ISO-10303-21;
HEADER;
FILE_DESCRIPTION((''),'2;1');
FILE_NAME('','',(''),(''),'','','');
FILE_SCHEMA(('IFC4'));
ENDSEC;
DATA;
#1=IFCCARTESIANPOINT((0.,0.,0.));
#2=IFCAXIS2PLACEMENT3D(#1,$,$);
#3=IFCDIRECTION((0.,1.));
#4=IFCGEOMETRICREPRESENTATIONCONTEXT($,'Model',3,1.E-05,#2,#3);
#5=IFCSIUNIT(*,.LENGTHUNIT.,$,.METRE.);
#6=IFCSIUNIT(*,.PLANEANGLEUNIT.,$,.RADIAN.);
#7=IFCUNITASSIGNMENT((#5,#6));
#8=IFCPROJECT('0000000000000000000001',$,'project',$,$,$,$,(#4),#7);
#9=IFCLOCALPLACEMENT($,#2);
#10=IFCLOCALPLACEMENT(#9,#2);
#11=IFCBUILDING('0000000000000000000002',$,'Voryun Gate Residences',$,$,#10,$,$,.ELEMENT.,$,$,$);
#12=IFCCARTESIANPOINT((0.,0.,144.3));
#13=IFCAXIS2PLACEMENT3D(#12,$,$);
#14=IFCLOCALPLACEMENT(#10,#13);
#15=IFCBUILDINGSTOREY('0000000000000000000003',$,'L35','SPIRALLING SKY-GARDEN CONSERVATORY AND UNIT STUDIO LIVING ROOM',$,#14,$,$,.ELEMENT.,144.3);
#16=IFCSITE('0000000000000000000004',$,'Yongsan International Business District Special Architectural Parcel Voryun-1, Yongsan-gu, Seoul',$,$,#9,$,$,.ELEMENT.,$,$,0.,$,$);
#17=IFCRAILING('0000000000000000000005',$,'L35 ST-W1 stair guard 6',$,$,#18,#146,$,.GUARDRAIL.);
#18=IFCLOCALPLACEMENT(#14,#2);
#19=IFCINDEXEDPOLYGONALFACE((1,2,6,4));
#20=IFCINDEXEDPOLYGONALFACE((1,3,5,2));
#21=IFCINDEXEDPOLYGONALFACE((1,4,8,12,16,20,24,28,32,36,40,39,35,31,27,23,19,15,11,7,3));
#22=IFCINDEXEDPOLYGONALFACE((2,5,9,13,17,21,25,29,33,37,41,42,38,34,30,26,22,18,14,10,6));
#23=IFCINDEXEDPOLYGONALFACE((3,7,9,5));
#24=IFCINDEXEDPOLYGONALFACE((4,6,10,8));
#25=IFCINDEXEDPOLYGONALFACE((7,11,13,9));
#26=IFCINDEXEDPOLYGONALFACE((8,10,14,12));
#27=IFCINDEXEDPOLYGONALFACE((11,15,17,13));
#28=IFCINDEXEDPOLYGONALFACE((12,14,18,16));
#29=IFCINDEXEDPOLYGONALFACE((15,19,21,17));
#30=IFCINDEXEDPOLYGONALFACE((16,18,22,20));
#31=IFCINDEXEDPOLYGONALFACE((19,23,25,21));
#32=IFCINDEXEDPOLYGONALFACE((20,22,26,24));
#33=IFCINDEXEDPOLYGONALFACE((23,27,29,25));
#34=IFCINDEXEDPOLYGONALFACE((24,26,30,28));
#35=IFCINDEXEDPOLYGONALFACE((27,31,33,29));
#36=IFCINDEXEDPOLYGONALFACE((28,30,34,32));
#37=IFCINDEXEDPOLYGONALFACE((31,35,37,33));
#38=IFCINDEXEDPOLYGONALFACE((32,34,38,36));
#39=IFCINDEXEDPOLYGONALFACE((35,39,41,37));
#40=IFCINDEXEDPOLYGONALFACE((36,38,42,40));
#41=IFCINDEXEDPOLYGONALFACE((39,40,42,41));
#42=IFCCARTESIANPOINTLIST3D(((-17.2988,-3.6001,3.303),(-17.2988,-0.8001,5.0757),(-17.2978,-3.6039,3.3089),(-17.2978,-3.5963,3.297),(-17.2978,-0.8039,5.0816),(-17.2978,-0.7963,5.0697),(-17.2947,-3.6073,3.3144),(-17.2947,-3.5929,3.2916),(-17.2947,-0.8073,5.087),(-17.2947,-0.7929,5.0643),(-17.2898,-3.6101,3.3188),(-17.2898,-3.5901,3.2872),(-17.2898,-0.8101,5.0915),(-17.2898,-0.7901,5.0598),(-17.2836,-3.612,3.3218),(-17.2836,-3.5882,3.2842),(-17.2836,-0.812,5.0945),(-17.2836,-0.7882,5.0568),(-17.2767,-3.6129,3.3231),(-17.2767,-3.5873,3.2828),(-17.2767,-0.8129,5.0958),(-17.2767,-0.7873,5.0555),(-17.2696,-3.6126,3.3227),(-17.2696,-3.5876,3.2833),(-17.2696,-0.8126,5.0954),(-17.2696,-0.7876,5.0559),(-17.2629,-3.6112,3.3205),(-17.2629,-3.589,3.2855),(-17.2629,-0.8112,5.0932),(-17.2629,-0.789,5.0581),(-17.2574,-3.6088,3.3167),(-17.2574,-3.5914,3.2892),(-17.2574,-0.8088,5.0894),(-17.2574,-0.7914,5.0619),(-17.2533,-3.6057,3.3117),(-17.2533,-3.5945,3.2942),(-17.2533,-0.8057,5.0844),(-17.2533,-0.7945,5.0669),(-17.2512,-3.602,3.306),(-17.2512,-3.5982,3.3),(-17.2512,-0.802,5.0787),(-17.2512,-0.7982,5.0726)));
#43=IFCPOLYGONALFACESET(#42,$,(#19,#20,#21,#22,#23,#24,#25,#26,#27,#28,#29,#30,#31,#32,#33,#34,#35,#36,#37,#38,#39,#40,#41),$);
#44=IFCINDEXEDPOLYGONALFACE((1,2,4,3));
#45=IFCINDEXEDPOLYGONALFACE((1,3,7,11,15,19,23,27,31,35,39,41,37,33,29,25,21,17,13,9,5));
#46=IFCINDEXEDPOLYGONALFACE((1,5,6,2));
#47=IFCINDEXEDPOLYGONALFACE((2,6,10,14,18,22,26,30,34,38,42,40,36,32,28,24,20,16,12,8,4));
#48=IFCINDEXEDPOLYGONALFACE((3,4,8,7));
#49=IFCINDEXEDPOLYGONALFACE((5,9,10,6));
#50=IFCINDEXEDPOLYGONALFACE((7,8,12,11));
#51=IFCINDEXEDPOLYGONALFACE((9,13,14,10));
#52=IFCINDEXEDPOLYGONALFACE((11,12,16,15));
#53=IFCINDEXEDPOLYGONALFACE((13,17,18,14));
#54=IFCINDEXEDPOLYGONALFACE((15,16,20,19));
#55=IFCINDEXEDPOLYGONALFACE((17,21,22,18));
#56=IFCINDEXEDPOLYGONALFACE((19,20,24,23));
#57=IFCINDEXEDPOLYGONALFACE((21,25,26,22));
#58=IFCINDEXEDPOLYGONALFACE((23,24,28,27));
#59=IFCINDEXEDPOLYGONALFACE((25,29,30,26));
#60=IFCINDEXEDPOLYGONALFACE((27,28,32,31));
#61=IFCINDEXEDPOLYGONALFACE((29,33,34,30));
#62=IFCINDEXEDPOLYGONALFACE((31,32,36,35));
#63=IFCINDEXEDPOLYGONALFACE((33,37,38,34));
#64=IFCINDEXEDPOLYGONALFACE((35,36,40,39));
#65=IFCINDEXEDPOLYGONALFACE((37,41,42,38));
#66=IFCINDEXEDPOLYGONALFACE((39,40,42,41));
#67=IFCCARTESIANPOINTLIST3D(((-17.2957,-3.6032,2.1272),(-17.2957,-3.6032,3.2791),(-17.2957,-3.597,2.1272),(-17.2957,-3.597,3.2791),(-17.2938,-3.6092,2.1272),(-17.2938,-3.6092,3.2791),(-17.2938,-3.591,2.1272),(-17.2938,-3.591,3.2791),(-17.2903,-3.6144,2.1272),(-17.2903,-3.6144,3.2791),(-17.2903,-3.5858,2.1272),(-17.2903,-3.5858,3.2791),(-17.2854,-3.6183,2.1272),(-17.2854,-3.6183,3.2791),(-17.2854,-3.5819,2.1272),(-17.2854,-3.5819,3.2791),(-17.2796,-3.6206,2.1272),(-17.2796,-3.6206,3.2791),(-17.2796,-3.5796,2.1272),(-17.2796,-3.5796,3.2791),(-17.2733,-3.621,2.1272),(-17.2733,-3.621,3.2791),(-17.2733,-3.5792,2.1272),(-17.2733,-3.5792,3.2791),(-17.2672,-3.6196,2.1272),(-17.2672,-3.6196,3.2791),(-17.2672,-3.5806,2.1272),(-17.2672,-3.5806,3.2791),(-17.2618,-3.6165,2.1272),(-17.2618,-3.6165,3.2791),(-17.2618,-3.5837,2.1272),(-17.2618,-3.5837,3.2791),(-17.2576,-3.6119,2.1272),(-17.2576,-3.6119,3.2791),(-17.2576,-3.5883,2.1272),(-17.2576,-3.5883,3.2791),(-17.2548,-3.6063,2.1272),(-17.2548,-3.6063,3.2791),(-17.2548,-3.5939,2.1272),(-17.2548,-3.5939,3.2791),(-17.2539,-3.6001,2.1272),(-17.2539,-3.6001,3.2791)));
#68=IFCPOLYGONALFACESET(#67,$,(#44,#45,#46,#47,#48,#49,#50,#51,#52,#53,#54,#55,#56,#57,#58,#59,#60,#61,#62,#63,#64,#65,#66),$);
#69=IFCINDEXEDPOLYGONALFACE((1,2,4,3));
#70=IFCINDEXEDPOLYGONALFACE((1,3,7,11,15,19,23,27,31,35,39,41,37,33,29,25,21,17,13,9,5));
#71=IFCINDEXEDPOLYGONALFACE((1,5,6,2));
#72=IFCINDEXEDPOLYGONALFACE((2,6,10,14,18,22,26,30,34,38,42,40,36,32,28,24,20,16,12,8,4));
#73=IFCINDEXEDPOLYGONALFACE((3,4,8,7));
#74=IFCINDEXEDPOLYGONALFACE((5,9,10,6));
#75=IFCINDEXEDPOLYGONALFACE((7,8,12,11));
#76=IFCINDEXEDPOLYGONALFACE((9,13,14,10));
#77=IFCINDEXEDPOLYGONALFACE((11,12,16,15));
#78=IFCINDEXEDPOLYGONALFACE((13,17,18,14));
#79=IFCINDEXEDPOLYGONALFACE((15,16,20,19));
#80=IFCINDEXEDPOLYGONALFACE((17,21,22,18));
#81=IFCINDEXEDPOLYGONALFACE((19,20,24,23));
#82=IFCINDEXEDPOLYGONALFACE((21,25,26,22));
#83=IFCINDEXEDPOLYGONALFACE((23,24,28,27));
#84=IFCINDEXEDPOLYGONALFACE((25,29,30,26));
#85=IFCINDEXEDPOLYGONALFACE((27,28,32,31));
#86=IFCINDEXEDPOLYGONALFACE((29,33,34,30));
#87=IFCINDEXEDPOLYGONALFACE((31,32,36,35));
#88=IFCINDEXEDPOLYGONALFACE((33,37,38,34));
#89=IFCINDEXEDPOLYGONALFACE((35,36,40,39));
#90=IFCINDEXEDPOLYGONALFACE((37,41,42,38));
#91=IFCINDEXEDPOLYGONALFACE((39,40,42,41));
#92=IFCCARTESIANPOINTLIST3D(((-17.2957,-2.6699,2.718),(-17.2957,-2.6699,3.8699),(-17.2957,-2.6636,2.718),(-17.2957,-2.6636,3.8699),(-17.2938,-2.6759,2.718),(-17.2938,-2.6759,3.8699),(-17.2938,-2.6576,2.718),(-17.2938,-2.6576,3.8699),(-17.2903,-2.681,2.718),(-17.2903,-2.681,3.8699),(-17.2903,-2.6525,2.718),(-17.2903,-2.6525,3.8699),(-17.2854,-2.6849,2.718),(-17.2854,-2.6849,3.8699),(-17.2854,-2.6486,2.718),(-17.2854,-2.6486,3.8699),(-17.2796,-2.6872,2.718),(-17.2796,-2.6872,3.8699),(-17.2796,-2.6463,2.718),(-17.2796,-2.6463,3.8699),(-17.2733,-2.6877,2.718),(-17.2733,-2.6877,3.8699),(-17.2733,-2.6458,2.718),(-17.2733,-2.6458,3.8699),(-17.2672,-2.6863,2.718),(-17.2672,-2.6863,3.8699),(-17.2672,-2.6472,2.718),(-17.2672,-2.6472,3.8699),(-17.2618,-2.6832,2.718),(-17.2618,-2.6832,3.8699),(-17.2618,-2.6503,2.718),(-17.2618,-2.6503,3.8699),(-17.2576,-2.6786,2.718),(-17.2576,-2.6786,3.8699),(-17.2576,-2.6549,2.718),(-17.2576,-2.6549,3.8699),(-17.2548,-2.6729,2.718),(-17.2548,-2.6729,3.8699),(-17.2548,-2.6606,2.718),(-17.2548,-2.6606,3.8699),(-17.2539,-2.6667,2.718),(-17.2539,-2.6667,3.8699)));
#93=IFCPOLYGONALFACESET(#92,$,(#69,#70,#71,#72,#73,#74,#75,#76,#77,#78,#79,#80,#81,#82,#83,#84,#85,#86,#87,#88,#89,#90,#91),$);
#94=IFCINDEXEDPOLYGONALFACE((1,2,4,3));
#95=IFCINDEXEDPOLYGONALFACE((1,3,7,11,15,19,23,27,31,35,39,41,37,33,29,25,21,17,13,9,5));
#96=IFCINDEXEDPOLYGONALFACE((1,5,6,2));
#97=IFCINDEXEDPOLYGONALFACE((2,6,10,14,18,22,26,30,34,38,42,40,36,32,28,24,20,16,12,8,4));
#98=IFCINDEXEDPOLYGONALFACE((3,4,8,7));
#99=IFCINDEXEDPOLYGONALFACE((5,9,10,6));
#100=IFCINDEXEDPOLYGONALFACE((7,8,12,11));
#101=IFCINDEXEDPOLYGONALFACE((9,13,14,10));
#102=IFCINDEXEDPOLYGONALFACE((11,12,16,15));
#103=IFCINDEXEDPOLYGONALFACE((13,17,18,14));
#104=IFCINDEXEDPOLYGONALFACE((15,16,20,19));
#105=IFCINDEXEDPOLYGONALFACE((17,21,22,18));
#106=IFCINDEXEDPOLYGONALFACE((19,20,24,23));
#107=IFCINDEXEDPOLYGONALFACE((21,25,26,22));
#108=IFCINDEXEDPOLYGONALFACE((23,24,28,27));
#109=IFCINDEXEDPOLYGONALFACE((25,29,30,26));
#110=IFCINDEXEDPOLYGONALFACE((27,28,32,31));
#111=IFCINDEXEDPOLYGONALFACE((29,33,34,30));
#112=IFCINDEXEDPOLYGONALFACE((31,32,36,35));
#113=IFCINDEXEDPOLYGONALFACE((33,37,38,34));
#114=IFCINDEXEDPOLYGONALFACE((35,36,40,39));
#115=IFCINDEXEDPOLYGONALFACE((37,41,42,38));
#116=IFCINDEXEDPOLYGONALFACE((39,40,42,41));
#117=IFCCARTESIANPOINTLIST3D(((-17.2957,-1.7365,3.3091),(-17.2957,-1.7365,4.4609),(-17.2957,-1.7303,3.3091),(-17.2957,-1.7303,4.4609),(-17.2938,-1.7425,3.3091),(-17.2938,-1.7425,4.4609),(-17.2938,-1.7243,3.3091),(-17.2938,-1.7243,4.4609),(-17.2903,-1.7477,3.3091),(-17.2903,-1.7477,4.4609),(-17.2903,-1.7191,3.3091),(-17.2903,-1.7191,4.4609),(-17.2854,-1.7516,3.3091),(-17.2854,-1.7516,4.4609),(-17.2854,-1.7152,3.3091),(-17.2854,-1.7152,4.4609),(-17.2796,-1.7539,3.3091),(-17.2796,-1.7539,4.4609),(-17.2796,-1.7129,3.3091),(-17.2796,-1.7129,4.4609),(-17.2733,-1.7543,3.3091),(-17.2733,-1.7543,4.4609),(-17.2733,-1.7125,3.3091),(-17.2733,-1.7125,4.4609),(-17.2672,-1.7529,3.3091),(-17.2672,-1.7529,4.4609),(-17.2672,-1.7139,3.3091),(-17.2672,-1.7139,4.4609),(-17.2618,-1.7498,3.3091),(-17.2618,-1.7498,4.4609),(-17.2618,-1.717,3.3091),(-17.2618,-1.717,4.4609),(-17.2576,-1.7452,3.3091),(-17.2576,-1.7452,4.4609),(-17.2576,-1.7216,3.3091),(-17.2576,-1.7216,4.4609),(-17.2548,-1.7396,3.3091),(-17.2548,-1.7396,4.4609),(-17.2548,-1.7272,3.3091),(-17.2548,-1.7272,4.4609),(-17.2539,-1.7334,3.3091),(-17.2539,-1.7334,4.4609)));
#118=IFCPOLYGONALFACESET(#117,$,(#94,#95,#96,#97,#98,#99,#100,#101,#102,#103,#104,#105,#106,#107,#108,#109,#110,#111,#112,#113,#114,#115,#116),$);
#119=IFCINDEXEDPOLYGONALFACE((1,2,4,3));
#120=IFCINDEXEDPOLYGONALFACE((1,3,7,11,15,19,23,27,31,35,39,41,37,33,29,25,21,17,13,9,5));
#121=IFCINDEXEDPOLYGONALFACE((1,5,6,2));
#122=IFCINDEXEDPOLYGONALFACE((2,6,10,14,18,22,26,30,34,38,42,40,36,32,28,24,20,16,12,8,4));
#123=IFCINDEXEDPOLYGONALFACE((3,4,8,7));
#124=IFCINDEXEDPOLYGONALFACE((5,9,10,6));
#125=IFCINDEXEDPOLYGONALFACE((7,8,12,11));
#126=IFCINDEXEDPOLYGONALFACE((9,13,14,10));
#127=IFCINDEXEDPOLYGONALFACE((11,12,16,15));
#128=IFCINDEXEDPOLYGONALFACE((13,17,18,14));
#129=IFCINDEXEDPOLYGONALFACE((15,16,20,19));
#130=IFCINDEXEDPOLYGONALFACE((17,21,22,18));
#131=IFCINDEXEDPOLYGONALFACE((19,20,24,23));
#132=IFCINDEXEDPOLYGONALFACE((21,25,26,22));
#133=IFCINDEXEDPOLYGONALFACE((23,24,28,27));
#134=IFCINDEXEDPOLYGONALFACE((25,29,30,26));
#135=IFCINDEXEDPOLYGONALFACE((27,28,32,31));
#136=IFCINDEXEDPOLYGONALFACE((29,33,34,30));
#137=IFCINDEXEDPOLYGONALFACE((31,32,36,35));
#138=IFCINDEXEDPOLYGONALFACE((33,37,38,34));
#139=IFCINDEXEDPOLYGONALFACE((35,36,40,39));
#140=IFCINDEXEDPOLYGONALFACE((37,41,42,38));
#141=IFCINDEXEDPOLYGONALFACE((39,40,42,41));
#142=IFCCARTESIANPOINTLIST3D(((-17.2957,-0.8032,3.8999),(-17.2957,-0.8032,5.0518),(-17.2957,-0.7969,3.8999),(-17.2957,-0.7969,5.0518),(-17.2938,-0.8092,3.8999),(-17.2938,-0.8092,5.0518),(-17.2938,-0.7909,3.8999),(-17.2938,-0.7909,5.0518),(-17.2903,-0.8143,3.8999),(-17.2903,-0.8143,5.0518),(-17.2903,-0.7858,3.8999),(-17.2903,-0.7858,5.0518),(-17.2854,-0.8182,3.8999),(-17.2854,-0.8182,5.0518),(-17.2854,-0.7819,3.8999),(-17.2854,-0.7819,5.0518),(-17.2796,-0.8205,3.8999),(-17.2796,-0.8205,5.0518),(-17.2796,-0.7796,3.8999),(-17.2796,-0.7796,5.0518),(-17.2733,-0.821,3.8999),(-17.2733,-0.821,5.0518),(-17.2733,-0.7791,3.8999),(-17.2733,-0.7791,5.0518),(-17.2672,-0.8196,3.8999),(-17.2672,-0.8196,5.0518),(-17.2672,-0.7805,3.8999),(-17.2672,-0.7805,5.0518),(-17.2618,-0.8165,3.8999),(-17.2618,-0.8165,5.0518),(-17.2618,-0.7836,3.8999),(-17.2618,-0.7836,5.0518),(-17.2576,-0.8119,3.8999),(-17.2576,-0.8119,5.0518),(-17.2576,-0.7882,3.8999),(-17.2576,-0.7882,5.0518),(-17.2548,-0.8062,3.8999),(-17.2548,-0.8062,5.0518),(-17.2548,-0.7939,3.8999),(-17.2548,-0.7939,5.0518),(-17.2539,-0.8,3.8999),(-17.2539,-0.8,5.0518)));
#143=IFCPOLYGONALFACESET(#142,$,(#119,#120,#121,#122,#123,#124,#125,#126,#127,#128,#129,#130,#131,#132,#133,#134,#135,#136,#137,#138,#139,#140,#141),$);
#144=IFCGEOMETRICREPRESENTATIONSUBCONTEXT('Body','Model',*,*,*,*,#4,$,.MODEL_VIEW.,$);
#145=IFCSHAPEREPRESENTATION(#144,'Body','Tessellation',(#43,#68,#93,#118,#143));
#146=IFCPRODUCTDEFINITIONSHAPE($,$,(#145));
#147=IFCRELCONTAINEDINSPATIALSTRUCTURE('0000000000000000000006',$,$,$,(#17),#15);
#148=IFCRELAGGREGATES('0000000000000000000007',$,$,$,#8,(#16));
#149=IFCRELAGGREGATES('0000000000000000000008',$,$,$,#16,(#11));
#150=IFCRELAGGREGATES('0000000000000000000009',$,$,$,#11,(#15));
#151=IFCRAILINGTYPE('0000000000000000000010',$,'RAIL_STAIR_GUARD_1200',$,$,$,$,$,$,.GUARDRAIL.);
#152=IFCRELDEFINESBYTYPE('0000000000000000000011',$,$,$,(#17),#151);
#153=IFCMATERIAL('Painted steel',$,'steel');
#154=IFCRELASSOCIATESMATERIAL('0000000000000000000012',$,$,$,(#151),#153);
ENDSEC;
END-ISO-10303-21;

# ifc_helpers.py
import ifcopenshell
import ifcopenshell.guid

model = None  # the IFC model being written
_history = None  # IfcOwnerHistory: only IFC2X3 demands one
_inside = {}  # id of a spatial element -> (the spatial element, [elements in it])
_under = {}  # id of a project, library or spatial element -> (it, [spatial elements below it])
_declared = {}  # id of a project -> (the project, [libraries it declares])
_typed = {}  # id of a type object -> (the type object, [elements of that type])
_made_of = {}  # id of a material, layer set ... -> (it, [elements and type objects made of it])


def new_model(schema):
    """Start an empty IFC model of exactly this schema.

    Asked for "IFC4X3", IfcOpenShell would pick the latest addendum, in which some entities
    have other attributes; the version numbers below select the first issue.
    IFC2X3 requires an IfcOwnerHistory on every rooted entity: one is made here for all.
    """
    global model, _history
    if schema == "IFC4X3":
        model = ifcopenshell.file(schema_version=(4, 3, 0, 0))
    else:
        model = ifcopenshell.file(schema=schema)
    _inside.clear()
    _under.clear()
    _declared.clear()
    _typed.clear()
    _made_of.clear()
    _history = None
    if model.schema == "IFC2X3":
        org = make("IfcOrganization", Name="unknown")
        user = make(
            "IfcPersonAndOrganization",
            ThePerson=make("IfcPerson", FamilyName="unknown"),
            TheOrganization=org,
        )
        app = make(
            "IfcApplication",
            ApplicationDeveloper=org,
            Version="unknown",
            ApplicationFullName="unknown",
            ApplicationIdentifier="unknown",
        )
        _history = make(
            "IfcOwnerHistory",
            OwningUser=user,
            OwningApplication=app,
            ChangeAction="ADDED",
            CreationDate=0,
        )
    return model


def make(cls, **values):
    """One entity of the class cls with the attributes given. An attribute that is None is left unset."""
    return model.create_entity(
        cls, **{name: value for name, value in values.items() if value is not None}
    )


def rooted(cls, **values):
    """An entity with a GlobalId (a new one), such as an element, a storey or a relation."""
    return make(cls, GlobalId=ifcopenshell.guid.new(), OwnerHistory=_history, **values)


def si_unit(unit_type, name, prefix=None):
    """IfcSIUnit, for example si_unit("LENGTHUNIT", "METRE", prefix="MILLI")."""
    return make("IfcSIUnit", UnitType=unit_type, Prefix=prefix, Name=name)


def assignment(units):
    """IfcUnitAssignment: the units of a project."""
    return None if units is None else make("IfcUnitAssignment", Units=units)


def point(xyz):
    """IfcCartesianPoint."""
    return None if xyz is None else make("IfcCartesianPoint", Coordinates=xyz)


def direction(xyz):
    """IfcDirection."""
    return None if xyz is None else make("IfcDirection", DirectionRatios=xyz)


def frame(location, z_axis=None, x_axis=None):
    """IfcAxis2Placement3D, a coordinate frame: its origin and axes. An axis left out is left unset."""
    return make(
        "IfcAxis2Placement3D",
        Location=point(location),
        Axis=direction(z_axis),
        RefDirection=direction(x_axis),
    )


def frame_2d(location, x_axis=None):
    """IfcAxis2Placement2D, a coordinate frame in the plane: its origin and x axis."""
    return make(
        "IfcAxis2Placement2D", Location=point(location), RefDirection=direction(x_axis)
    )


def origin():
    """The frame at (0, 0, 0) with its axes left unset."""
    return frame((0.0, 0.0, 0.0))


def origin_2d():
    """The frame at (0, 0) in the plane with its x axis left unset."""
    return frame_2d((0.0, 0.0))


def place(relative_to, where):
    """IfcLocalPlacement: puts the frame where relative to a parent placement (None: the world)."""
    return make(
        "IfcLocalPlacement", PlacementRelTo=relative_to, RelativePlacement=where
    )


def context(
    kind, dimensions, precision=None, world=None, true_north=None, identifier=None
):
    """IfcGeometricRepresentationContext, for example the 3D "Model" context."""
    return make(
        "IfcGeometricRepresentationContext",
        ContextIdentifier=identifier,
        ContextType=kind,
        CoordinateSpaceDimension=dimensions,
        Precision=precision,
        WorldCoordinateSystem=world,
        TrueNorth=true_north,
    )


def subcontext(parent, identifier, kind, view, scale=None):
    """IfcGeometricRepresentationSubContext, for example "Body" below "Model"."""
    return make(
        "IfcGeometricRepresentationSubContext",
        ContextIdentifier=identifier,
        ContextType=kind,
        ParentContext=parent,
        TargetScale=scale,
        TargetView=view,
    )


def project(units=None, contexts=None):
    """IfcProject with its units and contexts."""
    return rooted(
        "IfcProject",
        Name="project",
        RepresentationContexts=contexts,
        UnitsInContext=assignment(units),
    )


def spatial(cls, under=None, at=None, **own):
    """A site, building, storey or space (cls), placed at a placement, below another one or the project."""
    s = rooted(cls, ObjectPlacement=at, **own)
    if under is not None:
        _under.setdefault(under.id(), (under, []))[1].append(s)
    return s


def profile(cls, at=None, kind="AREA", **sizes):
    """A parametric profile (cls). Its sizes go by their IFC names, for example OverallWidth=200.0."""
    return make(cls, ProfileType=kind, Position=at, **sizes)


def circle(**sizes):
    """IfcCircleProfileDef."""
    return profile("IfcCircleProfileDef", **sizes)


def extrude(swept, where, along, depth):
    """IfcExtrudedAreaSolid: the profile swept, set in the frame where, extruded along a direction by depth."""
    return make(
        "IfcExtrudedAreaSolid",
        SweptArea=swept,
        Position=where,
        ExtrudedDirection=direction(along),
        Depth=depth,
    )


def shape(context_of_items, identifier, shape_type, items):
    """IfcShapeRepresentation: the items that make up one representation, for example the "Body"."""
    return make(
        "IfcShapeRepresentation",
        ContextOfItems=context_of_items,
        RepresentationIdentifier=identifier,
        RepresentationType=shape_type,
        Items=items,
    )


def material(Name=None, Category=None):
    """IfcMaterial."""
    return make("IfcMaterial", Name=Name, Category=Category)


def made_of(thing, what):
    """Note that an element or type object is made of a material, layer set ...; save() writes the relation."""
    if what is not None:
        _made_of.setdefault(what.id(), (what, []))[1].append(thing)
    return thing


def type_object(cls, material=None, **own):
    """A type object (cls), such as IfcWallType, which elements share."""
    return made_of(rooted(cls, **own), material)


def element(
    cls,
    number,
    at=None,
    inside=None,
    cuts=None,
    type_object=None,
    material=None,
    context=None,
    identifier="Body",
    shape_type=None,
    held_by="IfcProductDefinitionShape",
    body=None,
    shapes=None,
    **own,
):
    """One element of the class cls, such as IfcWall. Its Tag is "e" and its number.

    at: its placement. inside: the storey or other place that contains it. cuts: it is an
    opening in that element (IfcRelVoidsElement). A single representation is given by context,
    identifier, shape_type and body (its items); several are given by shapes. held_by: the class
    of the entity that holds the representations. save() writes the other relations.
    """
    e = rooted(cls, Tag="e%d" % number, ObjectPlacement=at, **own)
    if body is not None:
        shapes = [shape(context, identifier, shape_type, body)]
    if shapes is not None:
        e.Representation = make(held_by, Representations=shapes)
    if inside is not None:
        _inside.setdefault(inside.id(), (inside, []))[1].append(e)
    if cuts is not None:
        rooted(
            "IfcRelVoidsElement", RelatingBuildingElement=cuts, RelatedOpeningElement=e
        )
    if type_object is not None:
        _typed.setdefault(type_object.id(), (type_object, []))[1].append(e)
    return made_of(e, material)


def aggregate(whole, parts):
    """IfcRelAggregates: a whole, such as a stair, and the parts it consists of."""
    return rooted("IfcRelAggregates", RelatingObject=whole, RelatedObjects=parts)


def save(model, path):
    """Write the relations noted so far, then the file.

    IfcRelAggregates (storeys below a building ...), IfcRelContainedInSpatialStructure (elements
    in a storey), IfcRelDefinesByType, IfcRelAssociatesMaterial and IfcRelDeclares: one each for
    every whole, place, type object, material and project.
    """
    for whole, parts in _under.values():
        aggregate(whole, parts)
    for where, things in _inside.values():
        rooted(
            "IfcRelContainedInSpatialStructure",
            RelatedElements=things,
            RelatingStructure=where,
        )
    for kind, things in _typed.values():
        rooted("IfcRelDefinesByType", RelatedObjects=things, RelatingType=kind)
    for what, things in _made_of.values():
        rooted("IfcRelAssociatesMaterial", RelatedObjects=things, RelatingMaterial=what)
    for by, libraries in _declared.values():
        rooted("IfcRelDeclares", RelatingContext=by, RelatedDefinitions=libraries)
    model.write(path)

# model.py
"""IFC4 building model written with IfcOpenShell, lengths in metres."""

from ifc_helpers import new_model, si_unit, direction, frame, origin, origin_2d, place, context, subcontext, project, spatial, circle, extrude, material, type_object, element, save


model = new_model("IFC4")

# Units and contexts
model_context = context("Model", 3, precision=1e-05, world=origin(), true_north=direction((0.0, 1.0)))
body_context = subcontext(model_context, "Body", "Model", "MODEL_VIEW")
ifc_project = project(units=[si_unit("LENGTHUNIT", "METRE"), si_unit("PLANEANGLEUNIT", "RADIAN")], contexts=[model_context])

# Site, building, storey
site_placement = place(None, origin())
site = spatial("IfcSite", under=ifc_project, at=site_placement, Name="Yongsan International Business District Special Architectural Parcel Voryun-1, Yongsan-gu, Seoul", CompositionType="ELEMENT", RefElevation=0.0)
building_placement = place(site_placement, origin())
building = spatial("IfcBuilding", under=site, at=building_placement, Name="Voryun Gate Residences", CompositionType="ELEMENT")
storey_placement = place(building_placement, frame((0.0, 0.0, 144.3)))
storey = spatial("IfcBuildingStorey", under=building, at=storey_placement, Name="L35", Description="SPIRALLING SKY-GARDEN CONSERVATORY AND UNIT STUDIO LIVING ROOM", CompositionType="ELEMENT", Elevation=144.3)

# Railing
ifc_material_1 = material(Name="Painted steel", Category="steel")
railing_type_1 = type_object("IfcRailingType", Name="RAIL_STAIR_GUARD_1200", PredefinedType="GUARDRAIL", material=ifc_material_1)
railing_1_placement = place(storey_placement, frame((-17.2749, -3.6001, 2.1272)))
element("IfcRailing", 1, at=railing_1_placement, inside=storey, type_object=railing_type_1, Name="L35 ST-W1 stair guard 6", PredefinedType="GUARDRAIL", context=body_context, shape_type="SweptSolid", body=[
    extrude(circle(Radius=0.0239, at=origin_2d()), frame((0.0, 0.0, 1.1758), z_axis=(0.0, 0.844909, 0.53491), x_axis=(-1.0, 0.0, 0.0)), (0.0, 0.0, 1.0), 3.314),
    extrude(circle(Radius=0.021, at=origin_2d()), origin(), (0.0, 0.0, 1.0), 1.1519),
    extrude(circle(Radius=0.021, at=origin_2d()), frame((0.0, 0.9333, 0.5908)), (0.0, 0.0, 1.0), 1.1519),
    extrude(circle(Radius=0.021, at=origin_2d()), frame((0.0, 1.8667, 1.1819)), (0.0, 0.0, 1.0), 1.1519),
    extrude(circle(Radius=0.021, at=origin_2d()), frame((0.0, 2.8, 1.7727)), (0.0, 0.0, 1.0), 1.1519),
])

save(model, "model.ifc")
